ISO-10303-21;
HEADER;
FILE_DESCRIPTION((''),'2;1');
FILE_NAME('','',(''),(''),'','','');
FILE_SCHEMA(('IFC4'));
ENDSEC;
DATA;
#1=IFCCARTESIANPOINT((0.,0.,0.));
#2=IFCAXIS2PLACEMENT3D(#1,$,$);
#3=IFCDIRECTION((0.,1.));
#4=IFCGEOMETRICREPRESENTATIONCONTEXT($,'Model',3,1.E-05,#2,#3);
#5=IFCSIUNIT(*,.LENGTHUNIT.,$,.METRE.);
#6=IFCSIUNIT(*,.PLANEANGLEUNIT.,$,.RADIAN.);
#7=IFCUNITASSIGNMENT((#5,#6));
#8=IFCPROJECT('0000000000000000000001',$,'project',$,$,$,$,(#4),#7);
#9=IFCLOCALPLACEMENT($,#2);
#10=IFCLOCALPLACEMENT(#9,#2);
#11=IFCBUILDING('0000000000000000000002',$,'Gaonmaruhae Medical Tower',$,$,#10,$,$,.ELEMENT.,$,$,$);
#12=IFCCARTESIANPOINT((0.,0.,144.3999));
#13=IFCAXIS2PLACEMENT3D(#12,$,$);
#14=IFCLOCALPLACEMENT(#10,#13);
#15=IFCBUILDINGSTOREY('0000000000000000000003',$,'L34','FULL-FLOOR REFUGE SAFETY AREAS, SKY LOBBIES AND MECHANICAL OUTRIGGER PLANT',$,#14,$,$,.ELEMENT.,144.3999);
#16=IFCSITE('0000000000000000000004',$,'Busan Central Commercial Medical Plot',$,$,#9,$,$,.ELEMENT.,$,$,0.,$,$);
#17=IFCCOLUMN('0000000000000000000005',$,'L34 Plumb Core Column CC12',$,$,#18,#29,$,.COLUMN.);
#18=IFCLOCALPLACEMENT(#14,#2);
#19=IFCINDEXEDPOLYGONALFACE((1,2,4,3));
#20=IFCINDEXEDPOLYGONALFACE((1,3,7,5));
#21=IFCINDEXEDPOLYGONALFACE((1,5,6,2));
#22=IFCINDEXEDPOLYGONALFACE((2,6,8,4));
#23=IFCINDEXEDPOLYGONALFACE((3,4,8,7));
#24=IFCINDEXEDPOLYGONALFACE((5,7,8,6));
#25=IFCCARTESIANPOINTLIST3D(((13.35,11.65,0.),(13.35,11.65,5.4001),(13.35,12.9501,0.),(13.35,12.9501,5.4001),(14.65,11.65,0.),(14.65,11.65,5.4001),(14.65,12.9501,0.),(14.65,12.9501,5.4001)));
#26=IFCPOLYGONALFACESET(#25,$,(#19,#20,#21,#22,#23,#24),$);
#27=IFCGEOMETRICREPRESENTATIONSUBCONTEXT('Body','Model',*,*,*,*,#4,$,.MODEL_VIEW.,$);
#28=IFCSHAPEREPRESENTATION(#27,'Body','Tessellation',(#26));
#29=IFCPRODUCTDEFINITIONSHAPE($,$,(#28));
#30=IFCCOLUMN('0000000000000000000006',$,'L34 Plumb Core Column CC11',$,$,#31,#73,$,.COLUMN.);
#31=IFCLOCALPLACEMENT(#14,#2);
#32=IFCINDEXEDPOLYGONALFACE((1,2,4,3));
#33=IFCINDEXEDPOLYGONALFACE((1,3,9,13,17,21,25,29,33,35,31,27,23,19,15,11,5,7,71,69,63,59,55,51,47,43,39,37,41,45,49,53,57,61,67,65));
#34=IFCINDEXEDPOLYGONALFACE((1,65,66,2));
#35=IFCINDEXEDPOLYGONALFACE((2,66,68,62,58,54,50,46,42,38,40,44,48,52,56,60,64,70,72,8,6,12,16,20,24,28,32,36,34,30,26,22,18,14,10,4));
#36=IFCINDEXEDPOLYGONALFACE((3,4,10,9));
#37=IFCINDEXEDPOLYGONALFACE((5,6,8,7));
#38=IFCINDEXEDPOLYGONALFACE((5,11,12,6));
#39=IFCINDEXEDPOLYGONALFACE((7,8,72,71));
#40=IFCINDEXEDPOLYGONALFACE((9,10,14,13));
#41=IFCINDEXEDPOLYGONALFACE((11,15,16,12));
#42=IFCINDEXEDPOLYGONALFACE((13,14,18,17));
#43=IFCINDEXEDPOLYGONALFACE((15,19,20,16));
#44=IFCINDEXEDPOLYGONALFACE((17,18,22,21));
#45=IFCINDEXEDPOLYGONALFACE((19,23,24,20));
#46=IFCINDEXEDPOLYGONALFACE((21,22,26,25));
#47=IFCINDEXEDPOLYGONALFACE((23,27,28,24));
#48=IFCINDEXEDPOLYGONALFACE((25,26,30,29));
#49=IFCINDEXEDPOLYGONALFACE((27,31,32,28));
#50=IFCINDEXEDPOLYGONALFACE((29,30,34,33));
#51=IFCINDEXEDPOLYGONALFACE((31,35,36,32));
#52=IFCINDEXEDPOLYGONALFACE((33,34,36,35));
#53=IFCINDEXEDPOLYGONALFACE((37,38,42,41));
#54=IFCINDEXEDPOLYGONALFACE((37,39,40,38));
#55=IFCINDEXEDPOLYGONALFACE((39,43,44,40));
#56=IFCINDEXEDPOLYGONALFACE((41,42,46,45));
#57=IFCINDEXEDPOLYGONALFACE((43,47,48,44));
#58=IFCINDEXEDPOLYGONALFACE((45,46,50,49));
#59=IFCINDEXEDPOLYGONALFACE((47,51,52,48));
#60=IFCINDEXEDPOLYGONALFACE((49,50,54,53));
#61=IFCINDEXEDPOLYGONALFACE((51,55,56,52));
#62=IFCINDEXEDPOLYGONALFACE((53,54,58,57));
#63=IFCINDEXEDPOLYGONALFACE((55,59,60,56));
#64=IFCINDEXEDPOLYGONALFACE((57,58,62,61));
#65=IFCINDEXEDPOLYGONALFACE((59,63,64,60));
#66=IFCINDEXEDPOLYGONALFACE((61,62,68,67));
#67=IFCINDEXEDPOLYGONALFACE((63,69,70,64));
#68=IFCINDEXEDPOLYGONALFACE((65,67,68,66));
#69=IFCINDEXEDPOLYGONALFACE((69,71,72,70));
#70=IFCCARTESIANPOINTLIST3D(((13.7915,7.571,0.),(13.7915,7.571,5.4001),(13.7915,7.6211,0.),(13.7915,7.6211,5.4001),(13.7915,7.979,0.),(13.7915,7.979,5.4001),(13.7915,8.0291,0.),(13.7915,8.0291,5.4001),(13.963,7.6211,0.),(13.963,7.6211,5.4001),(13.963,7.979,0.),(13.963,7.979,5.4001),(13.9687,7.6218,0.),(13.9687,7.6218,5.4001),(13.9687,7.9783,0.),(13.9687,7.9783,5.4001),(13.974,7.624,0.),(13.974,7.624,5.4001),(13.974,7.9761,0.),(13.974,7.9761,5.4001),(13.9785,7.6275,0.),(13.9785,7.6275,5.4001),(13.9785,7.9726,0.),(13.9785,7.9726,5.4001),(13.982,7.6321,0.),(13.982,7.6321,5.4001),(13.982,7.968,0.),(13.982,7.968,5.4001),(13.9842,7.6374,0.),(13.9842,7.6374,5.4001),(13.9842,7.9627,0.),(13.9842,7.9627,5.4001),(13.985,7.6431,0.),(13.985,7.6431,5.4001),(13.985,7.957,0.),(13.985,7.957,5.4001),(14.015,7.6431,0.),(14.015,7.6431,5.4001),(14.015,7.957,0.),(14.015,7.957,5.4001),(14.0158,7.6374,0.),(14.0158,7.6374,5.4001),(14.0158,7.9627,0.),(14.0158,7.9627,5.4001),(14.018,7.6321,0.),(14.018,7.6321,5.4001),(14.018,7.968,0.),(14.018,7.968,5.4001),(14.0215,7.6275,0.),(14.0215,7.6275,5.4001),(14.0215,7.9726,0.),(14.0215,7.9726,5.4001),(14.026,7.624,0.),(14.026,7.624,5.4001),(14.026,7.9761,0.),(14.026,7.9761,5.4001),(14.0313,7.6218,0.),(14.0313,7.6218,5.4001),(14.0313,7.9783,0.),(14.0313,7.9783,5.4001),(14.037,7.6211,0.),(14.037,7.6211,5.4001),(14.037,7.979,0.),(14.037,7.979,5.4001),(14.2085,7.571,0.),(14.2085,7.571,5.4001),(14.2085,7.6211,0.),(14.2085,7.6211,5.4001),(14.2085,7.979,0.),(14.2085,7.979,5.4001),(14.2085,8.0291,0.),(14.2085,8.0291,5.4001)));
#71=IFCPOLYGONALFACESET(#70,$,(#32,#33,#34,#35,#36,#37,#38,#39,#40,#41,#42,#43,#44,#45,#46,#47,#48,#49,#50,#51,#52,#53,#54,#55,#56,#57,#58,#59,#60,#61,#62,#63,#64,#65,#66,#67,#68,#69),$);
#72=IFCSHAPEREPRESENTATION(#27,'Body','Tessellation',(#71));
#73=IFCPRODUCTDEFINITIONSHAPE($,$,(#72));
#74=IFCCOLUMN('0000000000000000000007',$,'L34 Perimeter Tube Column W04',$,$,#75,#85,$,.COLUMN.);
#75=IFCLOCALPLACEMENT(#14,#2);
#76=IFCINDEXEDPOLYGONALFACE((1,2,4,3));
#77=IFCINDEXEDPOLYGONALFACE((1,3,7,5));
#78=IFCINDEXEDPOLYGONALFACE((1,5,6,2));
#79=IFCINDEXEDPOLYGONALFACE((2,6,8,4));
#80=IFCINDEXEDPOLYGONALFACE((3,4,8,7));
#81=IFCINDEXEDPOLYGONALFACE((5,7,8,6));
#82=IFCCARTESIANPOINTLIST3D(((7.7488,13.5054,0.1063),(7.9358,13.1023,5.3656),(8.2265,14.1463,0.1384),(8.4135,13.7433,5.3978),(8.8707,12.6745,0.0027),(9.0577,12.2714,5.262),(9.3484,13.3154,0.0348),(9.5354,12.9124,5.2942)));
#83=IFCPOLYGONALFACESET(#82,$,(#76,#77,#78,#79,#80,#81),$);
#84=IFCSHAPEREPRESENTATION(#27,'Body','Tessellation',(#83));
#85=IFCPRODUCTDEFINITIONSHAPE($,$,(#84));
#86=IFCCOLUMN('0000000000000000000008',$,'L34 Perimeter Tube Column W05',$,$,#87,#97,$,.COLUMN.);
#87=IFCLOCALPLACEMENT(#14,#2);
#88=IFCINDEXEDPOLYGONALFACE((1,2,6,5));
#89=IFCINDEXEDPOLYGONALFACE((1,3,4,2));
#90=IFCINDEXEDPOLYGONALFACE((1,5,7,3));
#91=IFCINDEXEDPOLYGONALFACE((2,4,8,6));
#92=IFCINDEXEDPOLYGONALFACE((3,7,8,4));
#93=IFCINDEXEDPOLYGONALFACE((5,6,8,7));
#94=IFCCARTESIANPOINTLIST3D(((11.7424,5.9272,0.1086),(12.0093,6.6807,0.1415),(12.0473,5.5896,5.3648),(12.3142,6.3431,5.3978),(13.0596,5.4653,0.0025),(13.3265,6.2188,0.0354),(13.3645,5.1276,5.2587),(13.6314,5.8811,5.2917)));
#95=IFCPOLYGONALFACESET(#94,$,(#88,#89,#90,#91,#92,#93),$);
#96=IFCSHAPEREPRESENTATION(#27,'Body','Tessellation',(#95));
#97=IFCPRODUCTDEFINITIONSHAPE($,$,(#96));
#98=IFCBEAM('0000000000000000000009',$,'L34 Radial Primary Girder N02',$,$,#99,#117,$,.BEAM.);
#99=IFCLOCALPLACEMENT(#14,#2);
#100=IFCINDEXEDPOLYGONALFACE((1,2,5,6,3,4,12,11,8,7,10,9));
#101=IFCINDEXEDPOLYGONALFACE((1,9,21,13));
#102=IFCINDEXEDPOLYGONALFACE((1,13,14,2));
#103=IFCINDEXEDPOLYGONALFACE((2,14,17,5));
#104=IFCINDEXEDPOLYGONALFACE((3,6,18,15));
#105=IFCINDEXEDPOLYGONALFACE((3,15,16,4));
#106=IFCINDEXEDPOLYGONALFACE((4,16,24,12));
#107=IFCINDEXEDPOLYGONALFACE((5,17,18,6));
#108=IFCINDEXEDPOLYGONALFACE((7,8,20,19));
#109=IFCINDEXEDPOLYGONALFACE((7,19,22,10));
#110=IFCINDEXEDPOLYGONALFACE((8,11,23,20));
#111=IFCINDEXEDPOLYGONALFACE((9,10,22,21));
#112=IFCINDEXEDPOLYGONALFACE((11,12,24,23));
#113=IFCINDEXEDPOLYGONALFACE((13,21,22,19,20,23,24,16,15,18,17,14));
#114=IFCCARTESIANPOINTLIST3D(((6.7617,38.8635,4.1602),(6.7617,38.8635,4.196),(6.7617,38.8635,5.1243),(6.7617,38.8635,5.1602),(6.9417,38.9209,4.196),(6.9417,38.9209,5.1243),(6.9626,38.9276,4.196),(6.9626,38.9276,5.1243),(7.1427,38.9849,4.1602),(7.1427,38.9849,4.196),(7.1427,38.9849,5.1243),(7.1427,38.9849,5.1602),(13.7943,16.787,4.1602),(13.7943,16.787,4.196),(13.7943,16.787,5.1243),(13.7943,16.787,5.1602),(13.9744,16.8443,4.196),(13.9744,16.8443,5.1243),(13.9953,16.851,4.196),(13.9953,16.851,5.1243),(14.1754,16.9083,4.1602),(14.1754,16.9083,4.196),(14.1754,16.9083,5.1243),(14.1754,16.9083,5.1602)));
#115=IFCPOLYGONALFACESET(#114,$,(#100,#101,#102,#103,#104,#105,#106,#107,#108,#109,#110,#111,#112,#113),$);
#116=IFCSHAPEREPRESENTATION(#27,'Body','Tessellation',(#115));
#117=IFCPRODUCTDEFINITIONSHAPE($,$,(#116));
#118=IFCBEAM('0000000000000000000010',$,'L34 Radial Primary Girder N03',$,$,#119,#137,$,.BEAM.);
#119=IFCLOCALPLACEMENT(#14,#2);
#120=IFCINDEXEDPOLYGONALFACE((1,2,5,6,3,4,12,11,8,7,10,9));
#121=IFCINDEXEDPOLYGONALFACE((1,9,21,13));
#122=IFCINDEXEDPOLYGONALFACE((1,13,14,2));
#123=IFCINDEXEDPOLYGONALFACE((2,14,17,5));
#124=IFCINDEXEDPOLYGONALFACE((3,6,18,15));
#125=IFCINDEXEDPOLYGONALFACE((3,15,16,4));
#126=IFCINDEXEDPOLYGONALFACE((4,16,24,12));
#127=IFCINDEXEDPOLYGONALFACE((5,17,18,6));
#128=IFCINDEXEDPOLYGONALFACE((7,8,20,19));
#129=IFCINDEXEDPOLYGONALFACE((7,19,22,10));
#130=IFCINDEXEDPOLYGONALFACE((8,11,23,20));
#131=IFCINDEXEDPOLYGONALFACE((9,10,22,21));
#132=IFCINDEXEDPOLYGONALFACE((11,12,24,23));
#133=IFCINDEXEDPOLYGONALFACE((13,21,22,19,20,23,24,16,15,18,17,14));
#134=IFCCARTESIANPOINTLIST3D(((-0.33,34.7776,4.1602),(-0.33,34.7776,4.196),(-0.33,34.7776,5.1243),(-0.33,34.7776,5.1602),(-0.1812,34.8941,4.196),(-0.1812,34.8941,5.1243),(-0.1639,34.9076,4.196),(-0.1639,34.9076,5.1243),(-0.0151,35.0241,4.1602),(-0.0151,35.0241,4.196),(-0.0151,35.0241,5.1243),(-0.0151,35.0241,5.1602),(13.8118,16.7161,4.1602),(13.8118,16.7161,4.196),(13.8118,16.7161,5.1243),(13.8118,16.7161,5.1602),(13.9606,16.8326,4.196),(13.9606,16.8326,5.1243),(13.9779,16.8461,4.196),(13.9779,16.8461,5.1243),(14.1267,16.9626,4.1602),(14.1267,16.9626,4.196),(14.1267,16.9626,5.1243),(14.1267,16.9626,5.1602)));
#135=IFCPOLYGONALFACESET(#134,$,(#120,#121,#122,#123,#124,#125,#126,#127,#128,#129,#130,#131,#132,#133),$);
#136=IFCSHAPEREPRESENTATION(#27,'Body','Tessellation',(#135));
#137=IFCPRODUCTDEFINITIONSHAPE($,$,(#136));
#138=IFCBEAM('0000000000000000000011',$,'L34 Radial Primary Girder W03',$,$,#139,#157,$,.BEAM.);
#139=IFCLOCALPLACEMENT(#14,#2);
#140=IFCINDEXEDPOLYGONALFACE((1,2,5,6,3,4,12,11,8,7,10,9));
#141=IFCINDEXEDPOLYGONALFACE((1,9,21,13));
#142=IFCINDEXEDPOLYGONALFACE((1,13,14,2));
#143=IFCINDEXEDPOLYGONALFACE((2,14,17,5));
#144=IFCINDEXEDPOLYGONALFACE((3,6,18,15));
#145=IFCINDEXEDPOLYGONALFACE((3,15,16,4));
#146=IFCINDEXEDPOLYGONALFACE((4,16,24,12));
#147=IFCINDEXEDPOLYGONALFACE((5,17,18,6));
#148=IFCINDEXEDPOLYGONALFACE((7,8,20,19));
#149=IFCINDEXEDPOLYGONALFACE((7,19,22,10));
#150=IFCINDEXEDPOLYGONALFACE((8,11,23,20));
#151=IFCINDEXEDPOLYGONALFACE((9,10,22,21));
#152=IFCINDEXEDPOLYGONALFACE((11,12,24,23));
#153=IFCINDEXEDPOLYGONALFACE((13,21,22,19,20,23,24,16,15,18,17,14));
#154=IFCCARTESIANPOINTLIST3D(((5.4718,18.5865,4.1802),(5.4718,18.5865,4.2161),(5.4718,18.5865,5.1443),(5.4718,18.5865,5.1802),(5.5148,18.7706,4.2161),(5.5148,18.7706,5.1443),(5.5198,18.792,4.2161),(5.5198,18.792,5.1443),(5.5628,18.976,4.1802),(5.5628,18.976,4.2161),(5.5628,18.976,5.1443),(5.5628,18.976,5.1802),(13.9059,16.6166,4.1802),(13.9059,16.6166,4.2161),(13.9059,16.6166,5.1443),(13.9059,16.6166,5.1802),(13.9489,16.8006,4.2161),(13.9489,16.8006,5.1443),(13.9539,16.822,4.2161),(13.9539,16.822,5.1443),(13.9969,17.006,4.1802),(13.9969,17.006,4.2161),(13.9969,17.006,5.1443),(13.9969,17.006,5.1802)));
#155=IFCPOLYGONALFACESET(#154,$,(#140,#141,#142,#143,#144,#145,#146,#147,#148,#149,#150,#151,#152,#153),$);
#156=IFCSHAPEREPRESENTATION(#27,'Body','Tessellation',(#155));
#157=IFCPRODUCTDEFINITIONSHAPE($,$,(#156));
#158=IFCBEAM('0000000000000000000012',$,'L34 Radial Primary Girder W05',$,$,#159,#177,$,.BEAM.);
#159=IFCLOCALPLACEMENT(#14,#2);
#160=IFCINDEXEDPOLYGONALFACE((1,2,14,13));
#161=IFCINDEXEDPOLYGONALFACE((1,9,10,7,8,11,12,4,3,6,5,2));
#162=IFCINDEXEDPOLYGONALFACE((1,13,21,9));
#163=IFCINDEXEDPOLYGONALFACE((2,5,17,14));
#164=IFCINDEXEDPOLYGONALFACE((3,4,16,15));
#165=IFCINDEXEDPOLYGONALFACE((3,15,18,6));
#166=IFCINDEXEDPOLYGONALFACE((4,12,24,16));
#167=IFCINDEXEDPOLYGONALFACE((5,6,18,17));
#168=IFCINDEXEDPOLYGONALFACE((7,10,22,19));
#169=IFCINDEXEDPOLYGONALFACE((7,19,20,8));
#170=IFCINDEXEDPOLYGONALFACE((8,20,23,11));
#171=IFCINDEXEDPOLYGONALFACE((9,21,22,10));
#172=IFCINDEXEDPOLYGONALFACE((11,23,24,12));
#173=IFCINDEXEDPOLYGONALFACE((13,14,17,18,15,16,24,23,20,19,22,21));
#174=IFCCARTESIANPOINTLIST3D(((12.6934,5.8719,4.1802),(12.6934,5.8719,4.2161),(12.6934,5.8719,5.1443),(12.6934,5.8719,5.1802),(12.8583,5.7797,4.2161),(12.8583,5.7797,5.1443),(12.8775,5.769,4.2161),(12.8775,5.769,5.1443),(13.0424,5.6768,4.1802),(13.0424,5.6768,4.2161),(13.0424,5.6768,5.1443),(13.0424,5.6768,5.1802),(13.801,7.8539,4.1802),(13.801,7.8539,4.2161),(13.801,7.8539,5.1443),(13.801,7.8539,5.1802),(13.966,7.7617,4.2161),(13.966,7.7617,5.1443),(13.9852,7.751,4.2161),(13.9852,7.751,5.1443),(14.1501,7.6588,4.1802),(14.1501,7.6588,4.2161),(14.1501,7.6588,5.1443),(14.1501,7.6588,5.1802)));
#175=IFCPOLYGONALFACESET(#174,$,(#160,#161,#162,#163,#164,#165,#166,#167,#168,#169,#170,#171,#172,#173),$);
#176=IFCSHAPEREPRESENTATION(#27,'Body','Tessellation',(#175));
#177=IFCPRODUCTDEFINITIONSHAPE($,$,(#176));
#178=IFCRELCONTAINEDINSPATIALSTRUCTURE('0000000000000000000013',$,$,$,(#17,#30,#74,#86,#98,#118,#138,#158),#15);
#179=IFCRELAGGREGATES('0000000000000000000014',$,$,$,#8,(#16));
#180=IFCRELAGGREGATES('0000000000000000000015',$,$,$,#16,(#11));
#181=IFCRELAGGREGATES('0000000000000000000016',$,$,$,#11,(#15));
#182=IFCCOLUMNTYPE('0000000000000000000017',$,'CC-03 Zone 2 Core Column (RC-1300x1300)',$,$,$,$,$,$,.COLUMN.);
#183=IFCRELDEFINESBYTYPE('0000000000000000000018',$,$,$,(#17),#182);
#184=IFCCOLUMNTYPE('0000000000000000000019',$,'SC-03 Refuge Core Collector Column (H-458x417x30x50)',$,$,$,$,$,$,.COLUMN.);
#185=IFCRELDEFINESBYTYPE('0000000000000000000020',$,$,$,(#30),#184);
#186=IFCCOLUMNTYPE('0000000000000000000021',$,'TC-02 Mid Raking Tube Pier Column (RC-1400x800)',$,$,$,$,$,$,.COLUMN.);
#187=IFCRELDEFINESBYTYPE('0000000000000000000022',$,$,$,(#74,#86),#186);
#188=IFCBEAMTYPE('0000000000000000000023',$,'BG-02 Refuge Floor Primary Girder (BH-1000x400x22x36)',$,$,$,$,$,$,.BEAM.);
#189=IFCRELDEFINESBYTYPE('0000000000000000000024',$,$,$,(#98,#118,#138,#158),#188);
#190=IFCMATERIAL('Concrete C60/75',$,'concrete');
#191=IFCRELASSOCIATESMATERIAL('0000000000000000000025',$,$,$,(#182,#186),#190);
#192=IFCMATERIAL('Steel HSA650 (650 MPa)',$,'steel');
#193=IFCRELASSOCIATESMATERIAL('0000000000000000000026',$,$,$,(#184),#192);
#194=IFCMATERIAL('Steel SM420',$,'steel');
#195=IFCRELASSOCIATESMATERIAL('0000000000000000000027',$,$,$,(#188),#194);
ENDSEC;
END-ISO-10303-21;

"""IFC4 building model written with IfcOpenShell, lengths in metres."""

from ifc_helpers import new_model, si_unit, direction, frame, origin, origin_2d, place, context, subcontext, project, spatial, rectangle, i_section, extrude, material, material_profile, profile_set, type_object, element, save


model = new_model("IFC4")

# Units and contexts
model_context = context("Model", 3, precision=1e-05, world=origin(), true_north=direction((0.0, 1.0)))
body_context = subcontext(model_context, "Body", "Model", "MODEL_VIEW")
ifc_project = project(units=[si_unit("LENGTHUNIT", "METRE"), si_unit("PLANEANGLEUNIT", "RADIAN")], contexts=[model_context])

# Site, building, storey
site_placement = place(None, origin())
site = spatial("IfcSite", under=ifc_project, at=site_placement, Name="Busan Central Commercial Medical Plot", CompositionType="ELEMENT", RefElevation=0.0)
building_placement = place(site_placement, origin())
building = spatial("IfcBuilding", under=site, at=building_placement, Name="Gaonmaruhae Medical Tower", CompositionType="ELEMENT")
storey_placement = place(building_placement, frame((0.0, 0.0, 144.3999)))
storey = spatial("IfcBuildingStorey", under=building, at=storey_placement, Name="L34", Description="FULL-FLOOR REFUGE SAFETY AREAS, SKY LOBBIES AND MECHANICAL OUTRIGGER PLANT", CompositionType="ELEMENT", Elevation=144.3999)

# Columns
ifc_material_1 = material(Name="Concrete C60/75", Category="concrete")
ifc_material_profile_1 = material_profile(ifc_material_1, rectangle(XDim=1.3, YDim=1.3, at=origin_2d()), Name="RC-1300x1300")
ifc_profile_set_1 = profile_set([ifc_material_profile_1], Name="Concrete C60/75")
column_type_1 = type_object("IfcColumnType", Name="CC-03 Zone 2 Core Column (RC-1300x1300)", PredefinedType="COLUMN", material=ifc_profile_set_1)
column_1_placement = place(storey_placement, frame((14.0, 12.3, 0.0), z_axis=(0.0, 0.0, 1.0), x_axis=(1.0, 0.0, 0.0)))
element("IfcColumn", 1, at=column_1_placement, inside=storey, type_object=column_type_1, Name="L34 Plumb Core Column CC12", PredefinedType="COLUMN", context=body_context, shape_type="SweptSolid", body=[
    extrude(rectangle(XDim=1.3, YDim=1.3, at=origin_2d()), origin(), (0.0, 0.0, 1.0), 5.4001),
])
ifc_material_2 = material(Name="Steel HSA650 (650 MPa)", Category="steel")
ifc_material_profile_2 = material_profile(ifc_material_2, i_section(OverallWidth=0.417, OverallDepth=0.458, WebThickness=0.03, FlangeThickness=0.05, FilletRadius=0.022, at=origin_2d()), Name="H-458x417x30x50")
ifc_profile_set_2 = profile_set([ifc_material_profile_2], Name="Steel HSA650 (650 MPa)")
column_type_2 = type_object("IfcColumnType", Name="SC-03 Refuge Core Collector Column (H-458x417x30x50)", PredefinedType="COLUMN", material=ifc_profile_set_2)
column_2_placement = place(storey_placement, frame((14.0, 7.8, 0.0), z_axis=(0.0, 0.0, 1.0), x_axis=(1.0, 0.0, 0.0)))
element("IfcColumn", 2, at=column_2_placement, inside=storey, type_object=column_type_2, Name="L34 Plumb Core Column CC11", PredefinedType="COLUMN", context=body_context, shape_type="SweptSolid", body=[
    extrude(i_section(OverallWidth=0.417, OverallDepth=0.458, WebThickness=0.03, FlangeThickness=0.05, FilletRadius=0.022, at=origin_2d()), origin(), (0.0, 0.0, 1.0), 5.4001),
])
ifc_material_profile_3 = material_profile(ifc_material_1, rectangle(XDim=1.3999, YDim=0.8, at=origin_2d()), Name="RC-1400x800")
ifc_profile_set_3 = profile_set([ifc_material_profile_3], Name="Concrete C60/75")
column_type_3 = type_object("IfcColumnType", Name="TC-02 Mid Raking Tube Pier Column (RC-1400x800)", PredefinedType="COLUMN", material=ifc_profile_set_3)
column_3_placement = place(storey_placement, frame((8.5486, 13.4104, 0.0706), z_axis=(0.035432, -0.076369, 0.99645), x_axis=(-0.801395, 0.593542, 0.073986)))
element("IfcColumn", 3, at=column_3_placement, inside=storey, type_object=column_type_3, Name="L34 Perimeter Tube Column W04", PredefinedType="COLUMN", context=body_context, shape_type="SweptSolid", body=[
    extrude(rectangle(XDim=1.3999, YDim=0.8, at=origin_2d()), origin(), (0.0, 0.0, 1.0), 5.2781),
])
column_4_placement = place(storey_placement, frame((12.5344, 6.073, 0.072), z_axis=(0.057799, -0.064, 0.996275), x_axis=(-0.940944, 0.32997, 0.075786)))
element("IfcColumn", 4, at=column_4_placement, inside=storey, type_object=column_type_3, Name="L34 Perimeter Tube Column W05", PredefinedType="COLUMN", context=body_context, shape_type="SweptSolid", body=[
    extrude(rectangle(XDim=1.3999, YDim=0.8, at=origin_2d()), origin(), (0.0, 0.0, 1.0), 5.2759),
])

# Beams
ifc_material_3 = material(Name="Steel SM420", Category="steel")
ifc_material_profile_4 = material_profile(ifc_material_3, i_section(OverallWidth=0.3999, OverallDepth=1.0, WebThickness=0.022, FlangeThickness=0.0359, at=origin_2d()), Name="BH-1000x400x22x36")
ifc_profile_set_4 = profile_set([ifc_material_profile_4], Name="Steel SM420")
beam_type_1 = type_object("IfcBeamType", Name="BG-02 Refuge Floor Primary Girder (BH-1000x400x22x36)", PredefinedType="BEAM", material=ifc_profile_set_4)
beam_1_placement = place(storey_placement, frame((13.9849, 16.8477, 4.6602), z_axis=(-0.30353, 0.952822, 0.0), x_axis=(-0.952822, -0.30353, 0.0)))
element("IfcBeam", 5, at=beam_1_placement, inside=storey, type_object=beam_type_1, Name="L34 Radial Primary Girder N02", PredefinedType="BEAM", context=body_context, shape_type="SweptSolid", body=[
    extrude(i_section(OverallWidth=0.3999, OverallDepth=1.0, WebThickness=0.022, FlangeThickness=0.0359, at=origin_2d()), origin(), (0.0, 0.0, 1.0), 23.1697),
])
beam_2_placement = place(storey_placement, frame((13.9692, 16.8394, 4.6602), z_axis=(-0.61649, 0.787362, 0.0), x_axis=(-0.787362, -0.61649, 0.0)))
element("IfcBeam", 6, at=beam_2_placement, inside=storey, type_object=beam_type_1, Name="L34 Radial Primary Girder N03", PredefinedType="BEAM", context=body_context, shape_type="SweptSolid", body=[
    extrude(i_section(OverallWidth=0.3999, OverallDepth=1.0, WebThickness=0.022, FlangeThickness=0.0359, at=origin_2d()), origin(), (0.0, 0.0, 1.0), 22.9392),
])
beam_3_placement = place(storey_placement, frame((13.9514, 16.8113, 4.6802), z_axis=(-0.97379, 0.227451, 0.0), x_axis=(-0.227451, -0.97379, 0.0)))
element("IfcBeam", 7, at=beam_3_placement, inside=storey, type_object=beam_type_1, Name="L34 Radial Primary Girder W03", PredefinedType="BEAM", context=body_context, shape_type="SweptSolid", body=[
    extrude(i_section(OverallWidth=0.3999, OverallDepth=1.0, WebThickness=0.022, FlangeThickness=0.0359, at=origin_2d()), origin(), (0.0, 0.0, 1.0), 8.6611),
])
beam_4_placement = place(storey_placement, frame((13.9756, 7.7563, 4.6802), z_axis=(-0.48786, -0.872922, 0.0), x_axis=(0.872922, -0.48786, 0.0)))
element("IfcBeam", 8, at=beam_4_placement, inside=storey, type_object=beam_type_1, Name="L34 Radial Primary Girder W05", PredefinedType="BEAM", context=body_context, shape_type="SweptSolid", body=[
    extrude(i_section(OverallWidth=0.3999, OverallDepth=1.0, WebThickness=0.022, FlangeThickness=0.0359, at=origin_2d()), origin(), (0.0, 0.0, 1.0), 2.2705),
])

save(model, "model.ifc")
